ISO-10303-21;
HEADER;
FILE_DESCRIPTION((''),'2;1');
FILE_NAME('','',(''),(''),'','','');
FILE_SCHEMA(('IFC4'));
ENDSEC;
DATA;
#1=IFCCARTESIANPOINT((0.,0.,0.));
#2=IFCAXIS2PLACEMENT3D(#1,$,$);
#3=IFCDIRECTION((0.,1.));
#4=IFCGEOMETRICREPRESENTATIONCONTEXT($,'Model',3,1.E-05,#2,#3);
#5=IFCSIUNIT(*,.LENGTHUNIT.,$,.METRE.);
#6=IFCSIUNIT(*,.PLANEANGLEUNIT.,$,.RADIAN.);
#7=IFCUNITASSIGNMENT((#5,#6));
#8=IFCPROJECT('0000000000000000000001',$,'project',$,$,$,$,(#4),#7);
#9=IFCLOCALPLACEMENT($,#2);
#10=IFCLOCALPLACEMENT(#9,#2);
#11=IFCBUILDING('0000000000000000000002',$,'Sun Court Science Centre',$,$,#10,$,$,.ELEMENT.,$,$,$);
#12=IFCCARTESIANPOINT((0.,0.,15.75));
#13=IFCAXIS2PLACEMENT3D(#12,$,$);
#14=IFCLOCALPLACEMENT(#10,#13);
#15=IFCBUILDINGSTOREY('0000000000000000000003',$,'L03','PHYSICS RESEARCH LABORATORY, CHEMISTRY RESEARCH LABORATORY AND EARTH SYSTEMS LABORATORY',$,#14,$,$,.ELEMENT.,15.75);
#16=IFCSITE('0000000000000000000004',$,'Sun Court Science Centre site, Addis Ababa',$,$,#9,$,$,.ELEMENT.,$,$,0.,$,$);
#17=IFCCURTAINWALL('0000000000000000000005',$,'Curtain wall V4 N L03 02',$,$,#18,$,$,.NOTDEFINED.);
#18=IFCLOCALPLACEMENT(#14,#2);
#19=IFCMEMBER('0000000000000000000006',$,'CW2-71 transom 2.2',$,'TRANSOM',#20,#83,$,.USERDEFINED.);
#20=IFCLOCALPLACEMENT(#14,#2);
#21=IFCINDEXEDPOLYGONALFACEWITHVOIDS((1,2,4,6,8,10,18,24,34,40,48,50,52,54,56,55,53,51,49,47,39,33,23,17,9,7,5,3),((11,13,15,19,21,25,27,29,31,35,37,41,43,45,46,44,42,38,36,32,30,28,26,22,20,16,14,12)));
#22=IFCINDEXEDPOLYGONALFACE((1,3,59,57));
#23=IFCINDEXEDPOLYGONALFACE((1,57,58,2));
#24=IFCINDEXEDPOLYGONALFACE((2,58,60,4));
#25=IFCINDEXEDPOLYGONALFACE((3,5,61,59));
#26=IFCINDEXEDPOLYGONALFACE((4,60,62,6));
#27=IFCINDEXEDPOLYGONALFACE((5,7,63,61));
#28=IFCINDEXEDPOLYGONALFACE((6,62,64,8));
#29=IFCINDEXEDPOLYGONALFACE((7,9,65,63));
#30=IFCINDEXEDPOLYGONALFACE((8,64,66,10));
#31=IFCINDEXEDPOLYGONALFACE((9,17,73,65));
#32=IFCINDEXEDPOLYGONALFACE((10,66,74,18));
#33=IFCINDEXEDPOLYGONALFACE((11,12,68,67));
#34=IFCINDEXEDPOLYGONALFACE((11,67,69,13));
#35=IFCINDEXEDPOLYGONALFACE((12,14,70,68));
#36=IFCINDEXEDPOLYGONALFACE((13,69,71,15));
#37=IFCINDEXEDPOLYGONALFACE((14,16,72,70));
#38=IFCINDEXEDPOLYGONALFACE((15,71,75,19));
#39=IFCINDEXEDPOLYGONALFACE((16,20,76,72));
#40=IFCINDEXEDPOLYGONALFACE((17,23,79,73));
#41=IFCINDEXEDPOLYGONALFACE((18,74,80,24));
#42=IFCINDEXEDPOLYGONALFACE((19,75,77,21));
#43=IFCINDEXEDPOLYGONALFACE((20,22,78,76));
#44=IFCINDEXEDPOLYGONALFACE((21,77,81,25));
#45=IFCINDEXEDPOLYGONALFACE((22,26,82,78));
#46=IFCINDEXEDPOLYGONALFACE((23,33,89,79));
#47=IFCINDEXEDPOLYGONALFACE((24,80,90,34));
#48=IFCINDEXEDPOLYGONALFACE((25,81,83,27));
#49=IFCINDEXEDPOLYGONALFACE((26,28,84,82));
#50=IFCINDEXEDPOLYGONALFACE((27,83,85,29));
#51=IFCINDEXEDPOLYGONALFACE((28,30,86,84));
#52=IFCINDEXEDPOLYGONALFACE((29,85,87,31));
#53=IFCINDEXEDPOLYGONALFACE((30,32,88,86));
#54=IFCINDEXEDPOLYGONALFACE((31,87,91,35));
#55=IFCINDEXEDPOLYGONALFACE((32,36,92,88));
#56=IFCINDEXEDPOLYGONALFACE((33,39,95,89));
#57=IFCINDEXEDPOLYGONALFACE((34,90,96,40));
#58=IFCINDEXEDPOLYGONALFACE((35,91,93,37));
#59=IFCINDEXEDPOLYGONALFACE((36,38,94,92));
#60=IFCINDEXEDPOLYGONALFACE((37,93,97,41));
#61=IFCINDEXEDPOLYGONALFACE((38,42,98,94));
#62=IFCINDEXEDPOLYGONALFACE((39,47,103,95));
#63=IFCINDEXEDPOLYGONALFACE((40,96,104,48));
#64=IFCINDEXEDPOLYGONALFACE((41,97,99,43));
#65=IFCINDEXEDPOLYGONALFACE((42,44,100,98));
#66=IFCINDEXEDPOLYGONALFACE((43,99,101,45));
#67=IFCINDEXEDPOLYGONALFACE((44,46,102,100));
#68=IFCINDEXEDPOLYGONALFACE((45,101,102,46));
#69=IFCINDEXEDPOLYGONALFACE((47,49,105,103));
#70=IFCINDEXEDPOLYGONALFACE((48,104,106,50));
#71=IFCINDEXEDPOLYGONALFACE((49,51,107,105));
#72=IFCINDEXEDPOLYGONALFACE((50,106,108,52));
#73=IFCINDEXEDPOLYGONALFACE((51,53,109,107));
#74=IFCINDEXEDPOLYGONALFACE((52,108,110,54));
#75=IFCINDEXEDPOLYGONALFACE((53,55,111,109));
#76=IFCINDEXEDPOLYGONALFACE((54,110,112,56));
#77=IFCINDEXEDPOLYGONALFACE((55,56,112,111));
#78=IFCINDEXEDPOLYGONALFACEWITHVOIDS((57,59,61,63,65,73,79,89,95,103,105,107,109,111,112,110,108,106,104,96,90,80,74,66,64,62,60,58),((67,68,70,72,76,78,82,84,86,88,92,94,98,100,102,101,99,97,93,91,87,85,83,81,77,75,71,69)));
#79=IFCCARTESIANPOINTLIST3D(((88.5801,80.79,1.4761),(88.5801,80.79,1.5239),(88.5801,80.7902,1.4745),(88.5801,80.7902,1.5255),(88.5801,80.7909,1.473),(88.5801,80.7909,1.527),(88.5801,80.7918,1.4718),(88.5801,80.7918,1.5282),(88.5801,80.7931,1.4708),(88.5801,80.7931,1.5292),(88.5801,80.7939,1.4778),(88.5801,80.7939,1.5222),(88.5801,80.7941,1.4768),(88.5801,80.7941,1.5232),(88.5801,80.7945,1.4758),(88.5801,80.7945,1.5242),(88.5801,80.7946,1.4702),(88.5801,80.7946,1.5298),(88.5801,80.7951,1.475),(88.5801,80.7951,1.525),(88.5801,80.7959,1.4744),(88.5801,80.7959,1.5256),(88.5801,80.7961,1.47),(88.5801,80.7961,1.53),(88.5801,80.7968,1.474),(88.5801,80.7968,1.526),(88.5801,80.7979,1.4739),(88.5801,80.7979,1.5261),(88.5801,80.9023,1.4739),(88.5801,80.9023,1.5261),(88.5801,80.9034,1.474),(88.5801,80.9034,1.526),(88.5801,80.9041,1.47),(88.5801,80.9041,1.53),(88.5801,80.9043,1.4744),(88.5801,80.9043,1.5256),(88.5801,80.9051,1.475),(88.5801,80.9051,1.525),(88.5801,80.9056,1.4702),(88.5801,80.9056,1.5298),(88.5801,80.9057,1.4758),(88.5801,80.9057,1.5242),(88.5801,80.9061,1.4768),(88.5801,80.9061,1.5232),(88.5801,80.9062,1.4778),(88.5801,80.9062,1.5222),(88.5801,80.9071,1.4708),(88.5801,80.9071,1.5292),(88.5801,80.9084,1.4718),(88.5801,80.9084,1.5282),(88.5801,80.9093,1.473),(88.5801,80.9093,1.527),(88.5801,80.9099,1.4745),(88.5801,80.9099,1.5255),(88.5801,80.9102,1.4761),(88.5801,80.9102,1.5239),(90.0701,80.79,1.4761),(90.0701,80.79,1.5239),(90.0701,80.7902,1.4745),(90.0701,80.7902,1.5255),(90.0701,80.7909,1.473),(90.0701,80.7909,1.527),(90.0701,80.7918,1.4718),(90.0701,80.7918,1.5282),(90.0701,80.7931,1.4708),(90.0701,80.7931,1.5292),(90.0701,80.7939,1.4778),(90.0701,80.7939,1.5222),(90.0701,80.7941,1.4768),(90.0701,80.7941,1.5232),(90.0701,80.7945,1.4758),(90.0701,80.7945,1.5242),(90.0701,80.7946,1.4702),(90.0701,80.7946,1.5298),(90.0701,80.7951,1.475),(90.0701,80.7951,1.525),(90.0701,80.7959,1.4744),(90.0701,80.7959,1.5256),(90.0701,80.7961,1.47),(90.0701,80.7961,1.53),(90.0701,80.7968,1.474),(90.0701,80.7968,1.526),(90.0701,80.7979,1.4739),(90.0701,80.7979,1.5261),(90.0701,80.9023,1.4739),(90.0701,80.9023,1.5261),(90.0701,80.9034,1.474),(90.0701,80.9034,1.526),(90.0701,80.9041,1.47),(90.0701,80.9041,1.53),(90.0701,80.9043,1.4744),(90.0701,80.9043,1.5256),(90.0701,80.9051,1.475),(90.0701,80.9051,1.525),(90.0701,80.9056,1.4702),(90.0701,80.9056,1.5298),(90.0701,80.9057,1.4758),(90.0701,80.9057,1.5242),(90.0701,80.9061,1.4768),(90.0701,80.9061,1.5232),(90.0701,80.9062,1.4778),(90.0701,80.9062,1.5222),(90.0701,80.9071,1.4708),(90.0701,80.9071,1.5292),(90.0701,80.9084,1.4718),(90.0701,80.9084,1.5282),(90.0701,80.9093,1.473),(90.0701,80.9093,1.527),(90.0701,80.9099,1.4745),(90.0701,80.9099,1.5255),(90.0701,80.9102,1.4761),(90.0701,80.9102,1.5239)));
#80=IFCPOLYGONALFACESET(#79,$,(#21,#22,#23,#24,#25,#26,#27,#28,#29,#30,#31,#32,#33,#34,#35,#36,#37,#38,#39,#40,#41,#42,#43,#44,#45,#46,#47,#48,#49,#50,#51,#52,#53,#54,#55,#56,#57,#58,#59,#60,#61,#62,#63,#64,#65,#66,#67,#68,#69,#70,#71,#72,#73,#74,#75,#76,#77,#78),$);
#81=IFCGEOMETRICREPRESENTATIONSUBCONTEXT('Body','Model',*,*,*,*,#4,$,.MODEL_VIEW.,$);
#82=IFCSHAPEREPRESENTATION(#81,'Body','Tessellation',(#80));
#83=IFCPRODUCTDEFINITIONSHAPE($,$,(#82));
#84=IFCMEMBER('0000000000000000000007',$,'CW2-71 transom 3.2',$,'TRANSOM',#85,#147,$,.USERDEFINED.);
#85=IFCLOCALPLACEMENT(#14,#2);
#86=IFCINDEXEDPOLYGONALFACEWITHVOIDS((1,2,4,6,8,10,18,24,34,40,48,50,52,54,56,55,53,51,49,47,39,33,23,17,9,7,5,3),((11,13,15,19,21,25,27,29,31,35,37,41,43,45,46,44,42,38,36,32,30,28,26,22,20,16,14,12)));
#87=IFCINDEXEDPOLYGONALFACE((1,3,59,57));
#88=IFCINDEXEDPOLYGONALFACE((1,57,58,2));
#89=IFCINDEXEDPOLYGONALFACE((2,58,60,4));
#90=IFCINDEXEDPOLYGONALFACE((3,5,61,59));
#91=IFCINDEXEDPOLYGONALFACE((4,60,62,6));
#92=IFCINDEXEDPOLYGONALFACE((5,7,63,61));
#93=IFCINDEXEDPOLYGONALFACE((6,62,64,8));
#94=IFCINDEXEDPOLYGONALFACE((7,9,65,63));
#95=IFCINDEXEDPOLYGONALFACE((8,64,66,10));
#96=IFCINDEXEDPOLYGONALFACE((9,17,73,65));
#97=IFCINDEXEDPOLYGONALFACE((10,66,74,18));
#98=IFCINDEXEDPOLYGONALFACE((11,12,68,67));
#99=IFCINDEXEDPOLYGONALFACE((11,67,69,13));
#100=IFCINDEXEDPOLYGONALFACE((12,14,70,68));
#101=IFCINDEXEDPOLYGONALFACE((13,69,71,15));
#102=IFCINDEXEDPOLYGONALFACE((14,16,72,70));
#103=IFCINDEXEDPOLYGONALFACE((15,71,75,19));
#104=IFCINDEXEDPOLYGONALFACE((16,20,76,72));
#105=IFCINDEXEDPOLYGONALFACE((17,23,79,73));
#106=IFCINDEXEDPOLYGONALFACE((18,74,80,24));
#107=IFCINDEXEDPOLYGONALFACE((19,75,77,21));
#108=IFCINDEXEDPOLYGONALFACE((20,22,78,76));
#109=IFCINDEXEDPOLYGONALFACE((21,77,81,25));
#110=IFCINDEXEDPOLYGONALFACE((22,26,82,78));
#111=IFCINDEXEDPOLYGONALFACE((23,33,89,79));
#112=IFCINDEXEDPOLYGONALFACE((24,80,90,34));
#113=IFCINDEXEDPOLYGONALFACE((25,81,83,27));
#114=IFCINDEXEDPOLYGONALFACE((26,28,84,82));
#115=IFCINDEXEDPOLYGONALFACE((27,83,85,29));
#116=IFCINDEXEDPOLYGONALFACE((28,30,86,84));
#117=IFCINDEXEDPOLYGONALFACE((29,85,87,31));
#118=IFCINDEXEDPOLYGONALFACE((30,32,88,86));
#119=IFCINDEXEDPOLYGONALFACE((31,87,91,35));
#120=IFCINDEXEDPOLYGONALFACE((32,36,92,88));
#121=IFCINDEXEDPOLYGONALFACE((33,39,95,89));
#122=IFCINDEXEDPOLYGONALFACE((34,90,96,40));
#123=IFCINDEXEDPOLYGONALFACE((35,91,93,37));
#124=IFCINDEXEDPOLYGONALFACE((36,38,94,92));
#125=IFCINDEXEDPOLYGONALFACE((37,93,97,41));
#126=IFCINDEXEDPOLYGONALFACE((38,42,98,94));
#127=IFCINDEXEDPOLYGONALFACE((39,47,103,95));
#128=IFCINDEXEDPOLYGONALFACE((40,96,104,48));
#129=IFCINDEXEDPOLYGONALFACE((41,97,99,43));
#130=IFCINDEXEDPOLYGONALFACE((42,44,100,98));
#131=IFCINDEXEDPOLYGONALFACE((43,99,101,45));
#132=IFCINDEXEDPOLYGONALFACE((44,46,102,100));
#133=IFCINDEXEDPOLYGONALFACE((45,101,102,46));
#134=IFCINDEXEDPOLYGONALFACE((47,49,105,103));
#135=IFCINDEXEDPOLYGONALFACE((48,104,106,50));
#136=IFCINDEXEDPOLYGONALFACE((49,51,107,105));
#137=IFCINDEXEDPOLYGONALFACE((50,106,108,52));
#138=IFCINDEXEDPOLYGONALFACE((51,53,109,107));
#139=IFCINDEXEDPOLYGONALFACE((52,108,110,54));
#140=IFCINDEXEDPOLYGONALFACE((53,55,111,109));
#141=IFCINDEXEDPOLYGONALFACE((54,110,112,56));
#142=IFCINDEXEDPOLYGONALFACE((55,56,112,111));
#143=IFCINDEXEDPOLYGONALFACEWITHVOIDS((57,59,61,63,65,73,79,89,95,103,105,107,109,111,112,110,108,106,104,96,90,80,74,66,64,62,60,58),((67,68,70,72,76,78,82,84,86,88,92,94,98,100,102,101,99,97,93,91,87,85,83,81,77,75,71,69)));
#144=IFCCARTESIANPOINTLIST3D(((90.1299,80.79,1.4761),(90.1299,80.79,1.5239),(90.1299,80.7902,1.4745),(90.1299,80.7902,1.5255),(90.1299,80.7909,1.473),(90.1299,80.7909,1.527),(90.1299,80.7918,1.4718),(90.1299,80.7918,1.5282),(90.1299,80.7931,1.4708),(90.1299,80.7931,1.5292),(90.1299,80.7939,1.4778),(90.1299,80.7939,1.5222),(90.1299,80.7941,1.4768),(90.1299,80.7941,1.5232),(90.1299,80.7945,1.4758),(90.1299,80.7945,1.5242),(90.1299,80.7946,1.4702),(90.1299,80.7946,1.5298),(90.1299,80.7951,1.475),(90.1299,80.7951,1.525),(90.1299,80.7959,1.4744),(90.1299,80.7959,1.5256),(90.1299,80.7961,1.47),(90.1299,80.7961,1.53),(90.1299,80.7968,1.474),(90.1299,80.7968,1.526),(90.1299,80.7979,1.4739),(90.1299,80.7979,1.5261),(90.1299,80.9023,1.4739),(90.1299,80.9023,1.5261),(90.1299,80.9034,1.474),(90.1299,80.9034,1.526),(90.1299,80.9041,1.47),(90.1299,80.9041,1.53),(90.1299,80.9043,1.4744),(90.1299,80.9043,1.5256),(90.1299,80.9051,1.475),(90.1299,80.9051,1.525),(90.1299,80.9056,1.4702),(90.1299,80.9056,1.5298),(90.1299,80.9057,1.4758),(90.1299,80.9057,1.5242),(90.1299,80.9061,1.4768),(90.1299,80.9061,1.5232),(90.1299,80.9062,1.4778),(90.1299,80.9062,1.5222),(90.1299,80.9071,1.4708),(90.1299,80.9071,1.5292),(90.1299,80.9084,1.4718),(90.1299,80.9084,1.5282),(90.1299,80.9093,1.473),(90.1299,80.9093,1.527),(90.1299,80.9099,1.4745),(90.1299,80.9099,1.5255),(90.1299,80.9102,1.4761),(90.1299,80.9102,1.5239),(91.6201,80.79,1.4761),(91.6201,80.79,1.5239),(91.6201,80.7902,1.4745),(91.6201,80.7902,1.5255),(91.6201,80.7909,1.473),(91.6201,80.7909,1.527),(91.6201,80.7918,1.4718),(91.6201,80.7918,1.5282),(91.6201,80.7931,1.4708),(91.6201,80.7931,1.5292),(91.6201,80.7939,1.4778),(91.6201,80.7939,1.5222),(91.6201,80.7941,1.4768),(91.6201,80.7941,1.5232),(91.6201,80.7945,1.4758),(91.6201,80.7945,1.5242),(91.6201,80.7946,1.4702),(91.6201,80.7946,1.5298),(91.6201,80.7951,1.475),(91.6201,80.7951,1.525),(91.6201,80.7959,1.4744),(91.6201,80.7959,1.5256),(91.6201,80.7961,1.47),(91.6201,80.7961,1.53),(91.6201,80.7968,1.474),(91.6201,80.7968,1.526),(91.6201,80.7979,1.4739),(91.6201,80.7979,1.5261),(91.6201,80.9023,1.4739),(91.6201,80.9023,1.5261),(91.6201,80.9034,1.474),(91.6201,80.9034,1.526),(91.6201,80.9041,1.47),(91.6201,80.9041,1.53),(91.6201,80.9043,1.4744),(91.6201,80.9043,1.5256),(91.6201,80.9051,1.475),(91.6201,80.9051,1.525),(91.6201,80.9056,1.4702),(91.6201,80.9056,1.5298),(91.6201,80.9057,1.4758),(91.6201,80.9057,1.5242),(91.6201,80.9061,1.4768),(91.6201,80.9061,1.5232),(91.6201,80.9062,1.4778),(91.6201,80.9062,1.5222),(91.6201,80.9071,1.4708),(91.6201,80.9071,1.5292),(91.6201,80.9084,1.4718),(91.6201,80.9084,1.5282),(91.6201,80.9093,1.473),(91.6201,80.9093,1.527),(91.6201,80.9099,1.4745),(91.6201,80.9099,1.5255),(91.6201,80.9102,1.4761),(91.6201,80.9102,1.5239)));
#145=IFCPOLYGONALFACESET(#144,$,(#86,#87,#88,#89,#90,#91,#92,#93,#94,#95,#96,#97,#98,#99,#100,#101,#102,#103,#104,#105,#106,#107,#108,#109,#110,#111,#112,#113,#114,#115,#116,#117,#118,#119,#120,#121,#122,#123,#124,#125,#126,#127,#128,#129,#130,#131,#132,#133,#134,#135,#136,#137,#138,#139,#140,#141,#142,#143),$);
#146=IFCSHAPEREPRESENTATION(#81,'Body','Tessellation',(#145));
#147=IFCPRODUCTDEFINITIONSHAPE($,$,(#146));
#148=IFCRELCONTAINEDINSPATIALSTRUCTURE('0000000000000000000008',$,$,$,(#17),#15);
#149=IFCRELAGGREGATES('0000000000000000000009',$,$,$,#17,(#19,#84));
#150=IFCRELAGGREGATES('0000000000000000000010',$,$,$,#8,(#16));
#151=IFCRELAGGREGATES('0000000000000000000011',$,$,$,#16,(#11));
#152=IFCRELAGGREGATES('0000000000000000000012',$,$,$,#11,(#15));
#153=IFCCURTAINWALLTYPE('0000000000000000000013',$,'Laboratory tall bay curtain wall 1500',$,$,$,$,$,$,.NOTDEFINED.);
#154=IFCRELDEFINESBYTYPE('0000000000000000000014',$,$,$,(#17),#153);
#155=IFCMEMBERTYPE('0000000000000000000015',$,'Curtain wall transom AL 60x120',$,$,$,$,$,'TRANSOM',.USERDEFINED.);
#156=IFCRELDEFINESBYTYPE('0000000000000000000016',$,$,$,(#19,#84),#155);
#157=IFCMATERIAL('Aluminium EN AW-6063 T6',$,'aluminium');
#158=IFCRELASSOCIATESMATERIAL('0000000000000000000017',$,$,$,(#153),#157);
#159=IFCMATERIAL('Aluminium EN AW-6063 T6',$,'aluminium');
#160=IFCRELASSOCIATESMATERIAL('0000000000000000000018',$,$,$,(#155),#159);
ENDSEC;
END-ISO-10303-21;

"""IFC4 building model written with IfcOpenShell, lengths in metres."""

from ifc_helpers import new_model, si_unit, direction, frame, origin, origin_2d, place, context, subcontext, project, spatial, hollow_rectangle, extrude, material, material_profile, profile_set, type_object, element, aggregate, save


model = new_model("IFC4")

# Units and contexts
model_context = context("Model", 3, precision=1e-05, world=origin(), true_north=direction((0.0, 1.0)))
body_context = subcontext(model_context, "Body", "Model", "MODEL_VIEW")
ifc_project = project(units=[si_unit("LENGTHUNIT", "METRE"), si_unit("PLANEANGLEUNIT", "RADIAN")], contexts=[model_context])

# Site, building, storey
site_placement = place(None, origin())
site = spatial("IfcSite", under=ifc_project, at=site_placement, Name="Sun Court Science Centre site, Addis Ababa", CompositionType="ELEMENT", RefElevation=0.0)
building_placement = place(site_placement, origin())
building = spatial("IfcBuilding", under=site, at=building_placement, Name="Sun Court Science Centre", CompositionType="ELEMENT")
storey_placement = place(building_placement, frame((0.0, 0.0, 15.75)))
storey = spatial("IfcBuildingStorey", under=building, at=storey_placement, Name="L03", Description="PHYSICS RESEARCH LABORATORY, CHEMISTRY RESEARCH LABORATORY AND EARTH SYSTEMS LABORATORY", CompositionType="ELEMENT", Elevation=15.75)

# Curtain wall
ifc_material_1 = material(Name="Aluminium EN AW-6063 T6", Category="aluminium")
curtain_wall_type = type_object("IfcCurtainWallType", Name="Laboratory tall bay curtain wall 1500", PredefinedType="NOTDEFINED", material=ifc_material_1)
curtain_wall_1_placement = place(storey_placement, origin())
curtain_wall_1 = element("IfcCurtainWall", 1, at=curtain_wall_1_placement, inside=storey, type_object=curtain_wall_type, Name="Curtain wall V4 N L03 02", PredefinedType="NOTDEFINED")

# Members
ifc_material_2 = material(Name="Aluminium EN AW-6063 T6", Category="aluminium")
ifc_material_profile_1 = material_profile(ifc_material_2, hollow_rectangle(XDim=0.0601, YDim=0.1201, WallThickness=0.0039, InnerFilletRadius=0.0039, OuterFilletRadius=0.0061, at=origin_2d()), Name="AL 60x120x4")
ifc_profile_set_1 = profile_set([ifc_material_profile_1], Name="Aluminium EN AW-6063 T6")
member_type_1 = type_object("IfcMemberType", Name="Curtain wall transom AL 60x120", ElementType="TRANSOM", PredefinedType="USERDEFINED", material=ifc_profile_set_1)
member_1_placement = place(storey_placement, frame((88.5801, 80.8501, 1.5), z_axis=(1.0, 0.0, 0.0), x_axis=(0.0, 0.0, 1.0)))
member_1 = element("IfcMember", 2, at=member_1_placement, type_object=member_type_1, Name="CW2-71 transom 2.2", ObjectType="TRANSOM", PredefinedType="USERDEFINED", context=body_context, shape_type="SweptSolid", body=[
    extrude(hollow_rectangle(XDim=0.0601, YDim=0.1201, WallThickness=0.0039, InnerFilletRadius=0.0039, OuterFilletRadius=0.0061, at=origin_2d()), origin(), (0.0, 0.0, 1.0), 1.49),
])
member_2_placement = place(storey_placement, frame((90.1299, 80.8501, 1.5), z_axis=(1.0, 0.0, 0.0), x_axis=(0.0, 0.0, 1.0)))
member_2 = element("IfcMember", 3, at=member_2_placement, type_object=member_type_1, Name="CW2-71 transom 3.2", ObjectType="TRANSOM", PredefinedType="USERDEFINED", context=body_context, shape_type="SweptSolid", body=[
    extrude(hollow_rectangle(XDim=0.0601, YDim=0.1201, WallThickness=0.0039, InnerFilletRadius=0.0039, OuterFilletRadius=0.0061, at=origin_2d()), origin(), (0.0, 0.0, 1.0), 1.4902),
])

aggregate(curtain_wall_1, [member_1, member_2])

save(model, "model.ifc")
